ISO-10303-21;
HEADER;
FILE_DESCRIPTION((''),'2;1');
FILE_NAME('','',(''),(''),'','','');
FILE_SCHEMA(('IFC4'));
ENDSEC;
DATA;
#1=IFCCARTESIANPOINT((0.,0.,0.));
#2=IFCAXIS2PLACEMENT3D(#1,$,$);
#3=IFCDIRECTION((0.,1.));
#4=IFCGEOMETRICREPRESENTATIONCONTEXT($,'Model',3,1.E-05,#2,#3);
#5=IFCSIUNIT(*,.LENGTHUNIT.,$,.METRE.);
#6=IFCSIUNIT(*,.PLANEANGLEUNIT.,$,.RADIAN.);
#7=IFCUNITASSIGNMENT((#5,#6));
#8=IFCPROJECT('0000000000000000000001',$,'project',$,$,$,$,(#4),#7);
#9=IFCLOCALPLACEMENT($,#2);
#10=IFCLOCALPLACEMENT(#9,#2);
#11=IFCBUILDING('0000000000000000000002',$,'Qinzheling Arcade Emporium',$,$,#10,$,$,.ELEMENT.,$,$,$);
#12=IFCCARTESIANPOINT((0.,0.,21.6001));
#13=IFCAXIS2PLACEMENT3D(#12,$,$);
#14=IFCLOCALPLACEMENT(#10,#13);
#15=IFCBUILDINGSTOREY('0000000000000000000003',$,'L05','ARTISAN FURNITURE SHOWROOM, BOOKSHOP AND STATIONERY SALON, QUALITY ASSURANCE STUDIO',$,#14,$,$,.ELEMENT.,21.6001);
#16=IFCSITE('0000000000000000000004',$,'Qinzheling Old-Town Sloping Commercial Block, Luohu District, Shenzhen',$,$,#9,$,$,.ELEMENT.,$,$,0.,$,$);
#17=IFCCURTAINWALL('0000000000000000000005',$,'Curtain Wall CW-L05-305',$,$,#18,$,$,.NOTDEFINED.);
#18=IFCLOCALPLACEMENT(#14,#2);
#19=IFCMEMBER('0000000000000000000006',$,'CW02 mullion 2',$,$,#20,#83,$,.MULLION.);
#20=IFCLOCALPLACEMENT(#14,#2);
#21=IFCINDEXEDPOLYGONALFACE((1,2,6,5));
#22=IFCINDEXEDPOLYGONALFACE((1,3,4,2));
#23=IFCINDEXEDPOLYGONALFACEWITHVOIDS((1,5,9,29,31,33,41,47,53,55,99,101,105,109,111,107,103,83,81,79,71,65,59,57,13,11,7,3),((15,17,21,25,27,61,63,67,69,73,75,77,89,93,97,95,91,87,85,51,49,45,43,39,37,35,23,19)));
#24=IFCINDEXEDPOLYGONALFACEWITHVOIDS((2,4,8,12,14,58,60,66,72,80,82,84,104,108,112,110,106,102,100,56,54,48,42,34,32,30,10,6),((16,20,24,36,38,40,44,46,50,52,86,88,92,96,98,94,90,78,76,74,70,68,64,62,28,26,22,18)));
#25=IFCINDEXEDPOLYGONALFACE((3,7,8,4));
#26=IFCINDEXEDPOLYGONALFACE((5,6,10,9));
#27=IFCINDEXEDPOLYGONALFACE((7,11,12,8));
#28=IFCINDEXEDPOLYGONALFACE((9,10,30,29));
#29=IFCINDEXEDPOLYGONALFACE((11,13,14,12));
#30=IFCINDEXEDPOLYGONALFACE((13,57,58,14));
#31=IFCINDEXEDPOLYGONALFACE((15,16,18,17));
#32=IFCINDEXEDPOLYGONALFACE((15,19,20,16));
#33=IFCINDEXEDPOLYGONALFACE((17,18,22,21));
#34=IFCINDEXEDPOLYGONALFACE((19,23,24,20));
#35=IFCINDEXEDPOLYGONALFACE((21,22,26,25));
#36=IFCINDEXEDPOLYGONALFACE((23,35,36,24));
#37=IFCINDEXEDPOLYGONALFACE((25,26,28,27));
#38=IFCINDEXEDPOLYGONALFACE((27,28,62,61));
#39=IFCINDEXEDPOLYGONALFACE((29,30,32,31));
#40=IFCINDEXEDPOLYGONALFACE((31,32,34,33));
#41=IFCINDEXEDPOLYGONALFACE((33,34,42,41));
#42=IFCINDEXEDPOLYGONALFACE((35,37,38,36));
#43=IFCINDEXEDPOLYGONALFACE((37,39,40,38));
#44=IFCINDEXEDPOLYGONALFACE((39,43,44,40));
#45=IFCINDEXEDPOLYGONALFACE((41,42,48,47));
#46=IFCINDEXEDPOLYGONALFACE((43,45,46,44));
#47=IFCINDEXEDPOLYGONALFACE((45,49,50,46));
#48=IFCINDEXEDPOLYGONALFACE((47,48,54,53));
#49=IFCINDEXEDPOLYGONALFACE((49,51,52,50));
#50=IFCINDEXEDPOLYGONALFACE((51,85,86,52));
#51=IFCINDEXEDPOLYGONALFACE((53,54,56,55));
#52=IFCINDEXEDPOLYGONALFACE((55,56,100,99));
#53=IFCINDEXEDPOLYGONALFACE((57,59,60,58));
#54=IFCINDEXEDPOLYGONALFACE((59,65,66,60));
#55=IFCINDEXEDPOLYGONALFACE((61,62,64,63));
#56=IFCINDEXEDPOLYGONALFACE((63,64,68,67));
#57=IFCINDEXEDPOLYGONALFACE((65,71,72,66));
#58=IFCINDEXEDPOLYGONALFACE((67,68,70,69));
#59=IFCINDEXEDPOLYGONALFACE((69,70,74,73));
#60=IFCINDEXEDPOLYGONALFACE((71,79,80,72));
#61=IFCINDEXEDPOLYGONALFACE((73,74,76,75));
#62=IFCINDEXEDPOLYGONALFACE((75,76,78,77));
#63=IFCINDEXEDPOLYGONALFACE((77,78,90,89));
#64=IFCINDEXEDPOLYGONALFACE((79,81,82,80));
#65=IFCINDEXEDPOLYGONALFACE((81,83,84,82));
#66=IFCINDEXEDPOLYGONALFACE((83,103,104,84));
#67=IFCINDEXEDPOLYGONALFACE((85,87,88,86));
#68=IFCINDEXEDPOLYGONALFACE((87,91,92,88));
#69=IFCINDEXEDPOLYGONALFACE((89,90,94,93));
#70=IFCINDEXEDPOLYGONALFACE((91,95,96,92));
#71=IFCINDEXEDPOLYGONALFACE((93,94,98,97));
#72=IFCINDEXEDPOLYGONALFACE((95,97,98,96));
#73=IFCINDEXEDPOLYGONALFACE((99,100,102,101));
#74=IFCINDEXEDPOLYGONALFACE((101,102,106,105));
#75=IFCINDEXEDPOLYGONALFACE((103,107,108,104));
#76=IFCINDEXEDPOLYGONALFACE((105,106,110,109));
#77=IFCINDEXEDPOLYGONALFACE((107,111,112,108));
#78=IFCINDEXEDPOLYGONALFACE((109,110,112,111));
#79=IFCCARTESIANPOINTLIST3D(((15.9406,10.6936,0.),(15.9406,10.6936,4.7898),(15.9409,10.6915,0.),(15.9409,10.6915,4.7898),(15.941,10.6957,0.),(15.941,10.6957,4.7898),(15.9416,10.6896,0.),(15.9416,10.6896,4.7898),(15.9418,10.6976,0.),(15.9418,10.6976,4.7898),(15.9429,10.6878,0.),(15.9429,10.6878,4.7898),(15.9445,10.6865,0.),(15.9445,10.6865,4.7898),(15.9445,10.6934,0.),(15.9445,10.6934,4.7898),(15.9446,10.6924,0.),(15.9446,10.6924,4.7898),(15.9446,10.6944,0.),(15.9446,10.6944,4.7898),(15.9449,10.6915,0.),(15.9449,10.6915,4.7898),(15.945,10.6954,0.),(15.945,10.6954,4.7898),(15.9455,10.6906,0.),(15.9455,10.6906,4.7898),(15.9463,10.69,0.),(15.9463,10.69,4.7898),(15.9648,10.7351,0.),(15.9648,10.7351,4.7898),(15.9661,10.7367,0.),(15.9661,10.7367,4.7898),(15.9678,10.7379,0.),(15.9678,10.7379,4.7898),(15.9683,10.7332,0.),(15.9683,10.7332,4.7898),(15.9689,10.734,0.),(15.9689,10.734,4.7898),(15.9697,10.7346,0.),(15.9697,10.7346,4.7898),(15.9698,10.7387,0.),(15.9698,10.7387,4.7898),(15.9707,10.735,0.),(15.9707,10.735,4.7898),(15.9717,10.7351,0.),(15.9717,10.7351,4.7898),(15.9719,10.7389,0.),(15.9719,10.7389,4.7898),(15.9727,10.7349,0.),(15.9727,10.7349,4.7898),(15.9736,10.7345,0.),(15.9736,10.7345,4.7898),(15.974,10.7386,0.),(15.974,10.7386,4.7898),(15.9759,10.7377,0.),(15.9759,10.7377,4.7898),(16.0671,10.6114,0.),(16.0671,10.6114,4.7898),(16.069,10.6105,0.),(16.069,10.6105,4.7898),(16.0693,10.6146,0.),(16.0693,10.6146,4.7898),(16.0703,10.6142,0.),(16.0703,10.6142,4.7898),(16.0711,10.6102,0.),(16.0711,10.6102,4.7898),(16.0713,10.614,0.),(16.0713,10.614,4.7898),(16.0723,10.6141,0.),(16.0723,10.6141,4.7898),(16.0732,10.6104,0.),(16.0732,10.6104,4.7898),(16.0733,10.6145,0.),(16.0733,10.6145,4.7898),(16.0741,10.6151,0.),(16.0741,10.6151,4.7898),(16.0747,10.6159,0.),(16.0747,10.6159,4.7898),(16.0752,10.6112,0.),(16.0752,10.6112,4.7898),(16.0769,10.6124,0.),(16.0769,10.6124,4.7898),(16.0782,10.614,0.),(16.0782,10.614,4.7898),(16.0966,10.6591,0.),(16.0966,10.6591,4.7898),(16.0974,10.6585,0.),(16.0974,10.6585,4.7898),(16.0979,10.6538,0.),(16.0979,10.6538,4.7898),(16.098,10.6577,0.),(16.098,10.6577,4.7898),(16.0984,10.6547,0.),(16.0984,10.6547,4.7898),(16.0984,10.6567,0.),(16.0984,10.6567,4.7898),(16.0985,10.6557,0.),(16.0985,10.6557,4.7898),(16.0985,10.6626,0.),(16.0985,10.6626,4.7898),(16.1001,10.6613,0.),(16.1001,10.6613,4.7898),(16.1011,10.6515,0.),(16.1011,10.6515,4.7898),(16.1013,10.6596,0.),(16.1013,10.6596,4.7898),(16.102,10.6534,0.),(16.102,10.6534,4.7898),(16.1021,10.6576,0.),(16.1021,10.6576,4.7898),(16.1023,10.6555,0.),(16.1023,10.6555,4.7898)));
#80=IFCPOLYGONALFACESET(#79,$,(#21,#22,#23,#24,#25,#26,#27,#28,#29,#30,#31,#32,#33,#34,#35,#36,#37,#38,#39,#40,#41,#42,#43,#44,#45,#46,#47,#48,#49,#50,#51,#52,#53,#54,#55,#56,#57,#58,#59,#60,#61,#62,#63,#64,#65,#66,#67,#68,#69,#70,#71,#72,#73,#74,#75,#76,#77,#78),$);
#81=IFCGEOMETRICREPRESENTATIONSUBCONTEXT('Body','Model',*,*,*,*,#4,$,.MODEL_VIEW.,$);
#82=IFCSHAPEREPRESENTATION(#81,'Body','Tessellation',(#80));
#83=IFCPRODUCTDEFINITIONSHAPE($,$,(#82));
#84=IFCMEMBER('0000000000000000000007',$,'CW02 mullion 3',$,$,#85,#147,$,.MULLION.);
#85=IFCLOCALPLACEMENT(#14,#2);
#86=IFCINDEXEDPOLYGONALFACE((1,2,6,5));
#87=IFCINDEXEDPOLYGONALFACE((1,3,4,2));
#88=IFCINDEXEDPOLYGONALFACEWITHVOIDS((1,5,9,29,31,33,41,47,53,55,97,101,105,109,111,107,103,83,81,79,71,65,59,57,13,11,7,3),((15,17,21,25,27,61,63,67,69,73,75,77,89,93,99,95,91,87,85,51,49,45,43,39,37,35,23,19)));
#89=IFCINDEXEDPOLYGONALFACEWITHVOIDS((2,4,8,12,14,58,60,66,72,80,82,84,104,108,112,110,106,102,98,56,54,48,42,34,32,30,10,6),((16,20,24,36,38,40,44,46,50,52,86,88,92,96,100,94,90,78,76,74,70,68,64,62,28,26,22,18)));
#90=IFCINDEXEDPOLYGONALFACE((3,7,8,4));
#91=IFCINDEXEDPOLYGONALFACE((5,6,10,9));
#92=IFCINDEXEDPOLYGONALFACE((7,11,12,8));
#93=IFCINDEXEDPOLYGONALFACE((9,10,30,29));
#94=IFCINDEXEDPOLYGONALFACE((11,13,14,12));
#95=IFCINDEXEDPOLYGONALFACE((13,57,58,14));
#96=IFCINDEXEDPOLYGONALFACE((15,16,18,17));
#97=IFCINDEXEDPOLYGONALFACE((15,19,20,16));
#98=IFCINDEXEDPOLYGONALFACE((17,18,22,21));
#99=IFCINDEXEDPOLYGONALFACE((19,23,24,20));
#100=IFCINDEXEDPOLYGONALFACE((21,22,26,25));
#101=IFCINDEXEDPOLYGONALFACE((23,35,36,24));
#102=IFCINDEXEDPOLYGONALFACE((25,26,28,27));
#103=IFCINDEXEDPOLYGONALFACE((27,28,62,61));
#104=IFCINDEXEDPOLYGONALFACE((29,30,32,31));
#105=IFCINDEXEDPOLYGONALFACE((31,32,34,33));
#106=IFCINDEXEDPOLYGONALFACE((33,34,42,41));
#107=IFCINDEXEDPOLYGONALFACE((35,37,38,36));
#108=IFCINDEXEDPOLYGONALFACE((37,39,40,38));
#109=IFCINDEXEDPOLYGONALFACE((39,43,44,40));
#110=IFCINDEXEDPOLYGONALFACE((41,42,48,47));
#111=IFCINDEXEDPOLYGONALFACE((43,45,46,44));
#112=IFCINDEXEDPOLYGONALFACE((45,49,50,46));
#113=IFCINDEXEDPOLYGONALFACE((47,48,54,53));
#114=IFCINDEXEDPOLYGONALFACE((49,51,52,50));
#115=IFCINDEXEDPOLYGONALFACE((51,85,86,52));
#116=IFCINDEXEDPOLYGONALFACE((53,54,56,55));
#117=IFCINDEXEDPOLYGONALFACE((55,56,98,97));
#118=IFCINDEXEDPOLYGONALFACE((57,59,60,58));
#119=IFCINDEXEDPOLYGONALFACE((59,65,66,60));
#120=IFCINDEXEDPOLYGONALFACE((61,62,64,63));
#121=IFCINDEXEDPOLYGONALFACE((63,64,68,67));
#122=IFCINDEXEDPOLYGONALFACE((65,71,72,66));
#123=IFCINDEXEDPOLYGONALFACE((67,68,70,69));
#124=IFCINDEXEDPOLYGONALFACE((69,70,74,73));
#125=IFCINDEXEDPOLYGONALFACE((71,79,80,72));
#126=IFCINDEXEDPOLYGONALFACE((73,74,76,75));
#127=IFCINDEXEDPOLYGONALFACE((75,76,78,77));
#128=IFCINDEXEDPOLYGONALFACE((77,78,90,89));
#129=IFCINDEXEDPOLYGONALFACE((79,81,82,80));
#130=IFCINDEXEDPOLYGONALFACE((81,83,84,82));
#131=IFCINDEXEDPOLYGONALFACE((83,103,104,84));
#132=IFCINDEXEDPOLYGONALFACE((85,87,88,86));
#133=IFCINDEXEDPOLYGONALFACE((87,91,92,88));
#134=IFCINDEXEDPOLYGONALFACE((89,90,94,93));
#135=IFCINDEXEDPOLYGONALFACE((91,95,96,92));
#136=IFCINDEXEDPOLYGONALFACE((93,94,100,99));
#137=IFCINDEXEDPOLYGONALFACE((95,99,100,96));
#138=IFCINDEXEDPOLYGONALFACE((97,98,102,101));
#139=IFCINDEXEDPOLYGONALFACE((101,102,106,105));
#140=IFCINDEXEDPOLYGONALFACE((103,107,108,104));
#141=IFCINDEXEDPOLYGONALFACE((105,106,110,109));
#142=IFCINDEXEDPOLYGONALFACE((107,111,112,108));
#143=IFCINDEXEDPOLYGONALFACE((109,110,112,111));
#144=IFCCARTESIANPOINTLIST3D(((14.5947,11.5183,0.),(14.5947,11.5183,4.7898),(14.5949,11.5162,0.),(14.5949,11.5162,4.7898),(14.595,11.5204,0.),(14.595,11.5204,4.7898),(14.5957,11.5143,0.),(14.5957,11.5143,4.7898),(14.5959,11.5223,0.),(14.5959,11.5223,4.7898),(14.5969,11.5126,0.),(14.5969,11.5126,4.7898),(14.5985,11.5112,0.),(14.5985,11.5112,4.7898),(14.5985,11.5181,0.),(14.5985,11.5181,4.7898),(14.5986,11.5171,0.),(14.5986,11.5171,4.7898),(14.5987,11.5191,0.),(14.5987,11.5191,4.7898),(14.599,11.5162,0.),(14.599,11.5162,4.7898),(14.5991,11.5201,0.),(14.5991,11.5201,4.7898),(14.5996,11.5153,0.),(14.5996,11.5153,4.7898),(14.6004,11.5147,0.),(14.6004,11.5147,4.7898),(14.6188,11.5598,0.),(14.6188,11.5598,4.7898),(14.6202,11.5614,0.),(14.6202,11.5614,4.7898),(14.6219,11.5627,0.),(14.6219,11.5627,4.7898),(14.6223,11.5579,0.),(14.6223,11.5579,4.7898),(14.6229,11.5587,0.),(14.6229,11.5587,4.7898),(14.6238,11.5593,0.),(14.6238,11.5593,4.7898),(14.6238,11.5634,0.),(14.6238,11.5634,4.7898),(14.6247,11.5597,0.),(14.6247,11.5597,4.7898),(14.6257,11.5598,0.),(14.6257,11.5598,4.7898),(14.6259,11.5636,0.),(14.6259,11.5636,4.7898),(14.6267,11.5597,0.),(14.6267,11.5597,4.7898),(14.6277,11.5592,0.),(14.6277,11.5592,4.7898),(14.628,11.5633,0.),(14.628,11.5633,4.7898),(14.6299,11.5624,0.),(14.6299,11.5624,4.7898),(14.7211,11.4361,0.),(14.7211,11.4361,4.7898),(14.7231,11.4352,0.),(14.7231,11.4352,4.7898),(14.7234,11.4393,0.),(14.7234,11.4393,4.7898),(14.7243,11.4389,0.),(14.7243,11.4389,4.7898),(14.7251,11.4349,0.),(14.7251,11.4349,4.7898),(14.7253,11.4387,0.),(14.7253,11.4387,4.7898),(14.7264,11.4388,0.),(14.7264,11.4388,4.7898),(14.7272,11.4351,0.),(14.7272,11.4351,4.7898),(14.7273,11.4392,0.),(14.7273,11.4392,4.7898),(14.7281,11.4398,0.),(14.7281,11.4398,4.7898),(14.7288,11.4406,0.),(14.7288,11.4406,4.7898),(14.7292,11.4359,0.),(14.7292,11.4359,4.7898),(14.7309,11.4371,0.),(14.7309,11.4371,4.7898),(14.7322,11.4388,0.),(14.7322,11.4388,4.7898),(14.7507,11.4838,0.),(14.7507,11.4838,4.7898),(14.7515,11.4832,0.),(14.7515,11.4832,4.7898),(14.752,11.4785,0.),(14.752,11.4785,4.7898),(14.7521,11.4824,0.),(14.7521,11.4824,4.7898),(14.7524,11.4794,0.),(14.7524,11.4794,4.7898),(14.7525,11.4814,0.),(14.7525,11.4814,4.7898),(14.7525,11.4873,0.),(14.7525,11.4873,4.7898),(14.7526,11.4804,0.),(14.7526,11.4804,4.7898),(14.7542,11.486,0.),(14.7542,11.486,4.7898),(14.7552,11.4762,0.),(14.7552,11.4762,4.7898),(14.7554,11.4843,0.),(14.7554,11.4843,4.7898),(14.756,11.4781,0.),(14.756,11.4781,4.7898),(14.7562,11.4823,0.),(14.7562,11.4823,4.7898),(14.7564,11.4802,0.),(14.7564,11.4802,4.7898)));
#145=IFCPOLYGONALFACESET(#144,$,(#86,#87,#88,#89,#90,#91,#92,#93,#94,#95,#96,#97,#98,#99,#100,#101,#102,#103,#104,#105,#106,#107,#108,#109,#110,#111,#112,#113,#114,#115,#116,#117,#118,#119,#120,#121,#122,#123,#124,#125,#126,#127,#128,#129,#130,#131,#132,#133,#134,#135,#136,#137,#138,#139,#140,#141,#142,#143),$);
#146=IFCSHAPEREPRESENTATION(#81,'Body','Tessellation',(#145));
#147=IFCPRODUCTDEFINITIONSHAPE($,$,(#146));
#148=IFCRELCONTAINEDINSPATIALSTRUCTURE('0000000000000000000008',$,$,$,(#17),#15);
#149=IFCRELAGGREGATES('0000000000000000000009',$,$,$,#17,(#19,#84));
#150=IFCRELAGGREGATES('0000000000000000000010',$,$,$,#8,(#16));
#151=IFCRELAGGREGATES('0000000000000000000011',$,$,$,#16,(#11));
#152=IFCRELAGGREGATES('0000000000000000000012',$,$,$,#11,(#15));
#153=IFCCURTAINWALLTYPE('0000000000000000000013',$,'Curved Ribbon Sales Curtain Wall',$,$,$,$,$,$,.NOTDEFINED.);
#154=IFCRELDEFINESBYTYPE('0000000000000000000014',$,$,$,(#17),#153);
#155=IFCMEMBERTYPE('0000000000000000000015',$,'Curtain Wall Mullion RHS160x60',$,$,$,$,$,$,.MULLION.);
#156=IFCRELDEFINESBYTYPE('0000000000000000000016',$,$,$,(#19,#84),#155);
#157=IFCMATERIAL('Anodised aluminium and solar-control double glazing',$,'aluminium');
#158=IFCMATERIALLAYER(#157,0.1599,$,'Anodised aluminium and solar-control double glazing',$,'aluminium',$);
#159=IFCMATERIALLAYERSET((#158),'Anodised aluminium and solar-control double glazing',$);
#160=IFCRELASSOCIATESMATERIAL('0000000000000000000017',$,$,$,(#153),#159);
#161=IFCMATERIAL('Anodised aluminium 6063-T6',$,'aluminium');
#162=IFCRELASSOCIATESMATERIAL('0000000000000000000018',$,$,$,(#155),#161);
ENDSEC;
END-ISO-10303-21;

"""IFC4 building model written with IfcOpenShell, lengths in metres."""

from ifc_helpers import new_model, si_unit, direction, frame, origin, origin_2d, place, context, subcontext, project, spatial, hollow_rectangle, extrude, material, layer, layer_set, material_profile, profile_set, type_object, element, aggregate, save


model = new_model("IFC4")

# Units and contexts
model_context = context("Model", 3, precision=1e-05, world=origin(), true_north=direction((0.0, 1.0)))
body_context = subcontext(model_context, "Body", "Model", "MODEL_VIEW")
ifc_project = project(units=[si_unit("LENGTHUNIT", "METRE"), si_unit("PLANEANGLEUNIT", "RADIAN")], contexts=[model_context])

# Site, building, storey
site_placement = place(None, origin())
site = spatial("IfcSite", under=ifc_project, at=site_placement, Name="Qinzheling Old-Town Sloping Commercial Block, Luohu District, Shenzhen", CompositionType="ELEMENT", RefElevation=0.0)
building_placement = place(site_placement, origin())
building = spatial("IfcBuilding", under=site, at=building_placement, Name="Qinzheling Arcade Emporium", CompositionType="ELEMENT")
storey_placement = place(building_placement, frame((0.0, 0.0, 21.6001)))
storey = spatial("IfcBuildingStorey", under=building, at=storey_placement, Name="L05", Description="ARTISAN FURNITURE SHOWROOM, BOOKSHOP AND STATIONERY SALON, QUALITY ASSURANCE STUDIO", CompositionType="ELEMENT", Elevation=21.6001)

# Shared definitions
ifc_material_1 = material(Name="Anodised aluminium and solar-control double glazing", Category="aluminium")
ifc_layer_1 = layer(ifc_material_1, 0.1599, Name="Anodised aluminium and solar-control double glazing", Category="aluminium")
ifc_layer_set_1 = layer_set([ifc_layer_1], Name="Anodised aluminium and solar-control double glazing")
curtain_wall_type = type_object("IfcCurtainWallType", Name="Curved Ribbon Sales Curtain Wall", PredefinedType="NOTDEFINED", material=ifc_layer_set_1)
ifc_material_2 = material(Name="Anodised aluminium 6063-T6", Category="aluminium")
ifc_material_profile_1 = material_profile(ifc_material_2, hollow_rectangle(XDim=0.0601, YDim=0.1599, WallThickness=0.0039, InnerFilletRadius=0.0039, OuterFilletRadius=0.0081, at=origin_2d()), Name="RHS 160x60x4", Category="aluminium")
ifc_profile_set_1 = profile_set([ifc_material_profile_1], Name="Anodised aluminium 6063-T6")
member_type_1 = type_object("IfcMemberType", Name="Curtain Wall Mullion RHS160x60", PredefinedType="MULLION", material=ifc_profile_set_1)

# Curtain wall, members
curtain_wall_1_placement = place(storey_placement, origin())
curtain_wall_1 = element("IfcCurtainWall", 1, at=curtain_wall_1_placement, inside=storey, type_object=curtain_wall_type, Name="Curtain Wall CW-L05-305", PredefinedType="NOTDEFINED")
member_1_placement = place(storey_placement, frame((16.0215, 10.6746, 0.0), z_axis=(0.0, 0.0, 1.0), x_axis=(-0.522518, -0.852628, 0.0)))
member_1 = element("IfcMember", 2, at=member_1_placement, type_object=member_type_1, Name="CW02 mullion 2", PredefinedType="MULLION", context=body_context, shape_type="SweptSolid", body=[
    extrude(hollow_rectangle(XDim=0.0601, YDim=0.1599, WallThickness=0.0039, InnerFilletRadius=0.0039, OuterFilletRadius=0.0081, at=origin_2d()), origin(), (0.0, 0.0, 1.0), 4.7898),
])
member_2_placement = place(storey_placement, frame((14.6755, 11.4993, 0.0), z_axis=(0.0, 0.0, 1.0), x_axis=(-0.522518, -0.852628, 0.0)))
member_2 = element("IfcMember", 3, at=member_2_placement, type_object=member_type_1, Name="CW02 mullion 3", PredefinedType="MULLION", context=body_context, shape_type="SweptSolid", body=[
    extrude(hollow_rectangle(XDim=0.0601, YDim=0.1599, WallThickness=0.0039, InnerFilletRadius=0.0039, OuterFilletRadius=0.0081, at=origin_2d()), origin(), (0.0, 0.0, 1.0), 4.7898),
])

aggregate(curtain_wall_1, [member_1, member_2])

save(model, "model.ifc")
